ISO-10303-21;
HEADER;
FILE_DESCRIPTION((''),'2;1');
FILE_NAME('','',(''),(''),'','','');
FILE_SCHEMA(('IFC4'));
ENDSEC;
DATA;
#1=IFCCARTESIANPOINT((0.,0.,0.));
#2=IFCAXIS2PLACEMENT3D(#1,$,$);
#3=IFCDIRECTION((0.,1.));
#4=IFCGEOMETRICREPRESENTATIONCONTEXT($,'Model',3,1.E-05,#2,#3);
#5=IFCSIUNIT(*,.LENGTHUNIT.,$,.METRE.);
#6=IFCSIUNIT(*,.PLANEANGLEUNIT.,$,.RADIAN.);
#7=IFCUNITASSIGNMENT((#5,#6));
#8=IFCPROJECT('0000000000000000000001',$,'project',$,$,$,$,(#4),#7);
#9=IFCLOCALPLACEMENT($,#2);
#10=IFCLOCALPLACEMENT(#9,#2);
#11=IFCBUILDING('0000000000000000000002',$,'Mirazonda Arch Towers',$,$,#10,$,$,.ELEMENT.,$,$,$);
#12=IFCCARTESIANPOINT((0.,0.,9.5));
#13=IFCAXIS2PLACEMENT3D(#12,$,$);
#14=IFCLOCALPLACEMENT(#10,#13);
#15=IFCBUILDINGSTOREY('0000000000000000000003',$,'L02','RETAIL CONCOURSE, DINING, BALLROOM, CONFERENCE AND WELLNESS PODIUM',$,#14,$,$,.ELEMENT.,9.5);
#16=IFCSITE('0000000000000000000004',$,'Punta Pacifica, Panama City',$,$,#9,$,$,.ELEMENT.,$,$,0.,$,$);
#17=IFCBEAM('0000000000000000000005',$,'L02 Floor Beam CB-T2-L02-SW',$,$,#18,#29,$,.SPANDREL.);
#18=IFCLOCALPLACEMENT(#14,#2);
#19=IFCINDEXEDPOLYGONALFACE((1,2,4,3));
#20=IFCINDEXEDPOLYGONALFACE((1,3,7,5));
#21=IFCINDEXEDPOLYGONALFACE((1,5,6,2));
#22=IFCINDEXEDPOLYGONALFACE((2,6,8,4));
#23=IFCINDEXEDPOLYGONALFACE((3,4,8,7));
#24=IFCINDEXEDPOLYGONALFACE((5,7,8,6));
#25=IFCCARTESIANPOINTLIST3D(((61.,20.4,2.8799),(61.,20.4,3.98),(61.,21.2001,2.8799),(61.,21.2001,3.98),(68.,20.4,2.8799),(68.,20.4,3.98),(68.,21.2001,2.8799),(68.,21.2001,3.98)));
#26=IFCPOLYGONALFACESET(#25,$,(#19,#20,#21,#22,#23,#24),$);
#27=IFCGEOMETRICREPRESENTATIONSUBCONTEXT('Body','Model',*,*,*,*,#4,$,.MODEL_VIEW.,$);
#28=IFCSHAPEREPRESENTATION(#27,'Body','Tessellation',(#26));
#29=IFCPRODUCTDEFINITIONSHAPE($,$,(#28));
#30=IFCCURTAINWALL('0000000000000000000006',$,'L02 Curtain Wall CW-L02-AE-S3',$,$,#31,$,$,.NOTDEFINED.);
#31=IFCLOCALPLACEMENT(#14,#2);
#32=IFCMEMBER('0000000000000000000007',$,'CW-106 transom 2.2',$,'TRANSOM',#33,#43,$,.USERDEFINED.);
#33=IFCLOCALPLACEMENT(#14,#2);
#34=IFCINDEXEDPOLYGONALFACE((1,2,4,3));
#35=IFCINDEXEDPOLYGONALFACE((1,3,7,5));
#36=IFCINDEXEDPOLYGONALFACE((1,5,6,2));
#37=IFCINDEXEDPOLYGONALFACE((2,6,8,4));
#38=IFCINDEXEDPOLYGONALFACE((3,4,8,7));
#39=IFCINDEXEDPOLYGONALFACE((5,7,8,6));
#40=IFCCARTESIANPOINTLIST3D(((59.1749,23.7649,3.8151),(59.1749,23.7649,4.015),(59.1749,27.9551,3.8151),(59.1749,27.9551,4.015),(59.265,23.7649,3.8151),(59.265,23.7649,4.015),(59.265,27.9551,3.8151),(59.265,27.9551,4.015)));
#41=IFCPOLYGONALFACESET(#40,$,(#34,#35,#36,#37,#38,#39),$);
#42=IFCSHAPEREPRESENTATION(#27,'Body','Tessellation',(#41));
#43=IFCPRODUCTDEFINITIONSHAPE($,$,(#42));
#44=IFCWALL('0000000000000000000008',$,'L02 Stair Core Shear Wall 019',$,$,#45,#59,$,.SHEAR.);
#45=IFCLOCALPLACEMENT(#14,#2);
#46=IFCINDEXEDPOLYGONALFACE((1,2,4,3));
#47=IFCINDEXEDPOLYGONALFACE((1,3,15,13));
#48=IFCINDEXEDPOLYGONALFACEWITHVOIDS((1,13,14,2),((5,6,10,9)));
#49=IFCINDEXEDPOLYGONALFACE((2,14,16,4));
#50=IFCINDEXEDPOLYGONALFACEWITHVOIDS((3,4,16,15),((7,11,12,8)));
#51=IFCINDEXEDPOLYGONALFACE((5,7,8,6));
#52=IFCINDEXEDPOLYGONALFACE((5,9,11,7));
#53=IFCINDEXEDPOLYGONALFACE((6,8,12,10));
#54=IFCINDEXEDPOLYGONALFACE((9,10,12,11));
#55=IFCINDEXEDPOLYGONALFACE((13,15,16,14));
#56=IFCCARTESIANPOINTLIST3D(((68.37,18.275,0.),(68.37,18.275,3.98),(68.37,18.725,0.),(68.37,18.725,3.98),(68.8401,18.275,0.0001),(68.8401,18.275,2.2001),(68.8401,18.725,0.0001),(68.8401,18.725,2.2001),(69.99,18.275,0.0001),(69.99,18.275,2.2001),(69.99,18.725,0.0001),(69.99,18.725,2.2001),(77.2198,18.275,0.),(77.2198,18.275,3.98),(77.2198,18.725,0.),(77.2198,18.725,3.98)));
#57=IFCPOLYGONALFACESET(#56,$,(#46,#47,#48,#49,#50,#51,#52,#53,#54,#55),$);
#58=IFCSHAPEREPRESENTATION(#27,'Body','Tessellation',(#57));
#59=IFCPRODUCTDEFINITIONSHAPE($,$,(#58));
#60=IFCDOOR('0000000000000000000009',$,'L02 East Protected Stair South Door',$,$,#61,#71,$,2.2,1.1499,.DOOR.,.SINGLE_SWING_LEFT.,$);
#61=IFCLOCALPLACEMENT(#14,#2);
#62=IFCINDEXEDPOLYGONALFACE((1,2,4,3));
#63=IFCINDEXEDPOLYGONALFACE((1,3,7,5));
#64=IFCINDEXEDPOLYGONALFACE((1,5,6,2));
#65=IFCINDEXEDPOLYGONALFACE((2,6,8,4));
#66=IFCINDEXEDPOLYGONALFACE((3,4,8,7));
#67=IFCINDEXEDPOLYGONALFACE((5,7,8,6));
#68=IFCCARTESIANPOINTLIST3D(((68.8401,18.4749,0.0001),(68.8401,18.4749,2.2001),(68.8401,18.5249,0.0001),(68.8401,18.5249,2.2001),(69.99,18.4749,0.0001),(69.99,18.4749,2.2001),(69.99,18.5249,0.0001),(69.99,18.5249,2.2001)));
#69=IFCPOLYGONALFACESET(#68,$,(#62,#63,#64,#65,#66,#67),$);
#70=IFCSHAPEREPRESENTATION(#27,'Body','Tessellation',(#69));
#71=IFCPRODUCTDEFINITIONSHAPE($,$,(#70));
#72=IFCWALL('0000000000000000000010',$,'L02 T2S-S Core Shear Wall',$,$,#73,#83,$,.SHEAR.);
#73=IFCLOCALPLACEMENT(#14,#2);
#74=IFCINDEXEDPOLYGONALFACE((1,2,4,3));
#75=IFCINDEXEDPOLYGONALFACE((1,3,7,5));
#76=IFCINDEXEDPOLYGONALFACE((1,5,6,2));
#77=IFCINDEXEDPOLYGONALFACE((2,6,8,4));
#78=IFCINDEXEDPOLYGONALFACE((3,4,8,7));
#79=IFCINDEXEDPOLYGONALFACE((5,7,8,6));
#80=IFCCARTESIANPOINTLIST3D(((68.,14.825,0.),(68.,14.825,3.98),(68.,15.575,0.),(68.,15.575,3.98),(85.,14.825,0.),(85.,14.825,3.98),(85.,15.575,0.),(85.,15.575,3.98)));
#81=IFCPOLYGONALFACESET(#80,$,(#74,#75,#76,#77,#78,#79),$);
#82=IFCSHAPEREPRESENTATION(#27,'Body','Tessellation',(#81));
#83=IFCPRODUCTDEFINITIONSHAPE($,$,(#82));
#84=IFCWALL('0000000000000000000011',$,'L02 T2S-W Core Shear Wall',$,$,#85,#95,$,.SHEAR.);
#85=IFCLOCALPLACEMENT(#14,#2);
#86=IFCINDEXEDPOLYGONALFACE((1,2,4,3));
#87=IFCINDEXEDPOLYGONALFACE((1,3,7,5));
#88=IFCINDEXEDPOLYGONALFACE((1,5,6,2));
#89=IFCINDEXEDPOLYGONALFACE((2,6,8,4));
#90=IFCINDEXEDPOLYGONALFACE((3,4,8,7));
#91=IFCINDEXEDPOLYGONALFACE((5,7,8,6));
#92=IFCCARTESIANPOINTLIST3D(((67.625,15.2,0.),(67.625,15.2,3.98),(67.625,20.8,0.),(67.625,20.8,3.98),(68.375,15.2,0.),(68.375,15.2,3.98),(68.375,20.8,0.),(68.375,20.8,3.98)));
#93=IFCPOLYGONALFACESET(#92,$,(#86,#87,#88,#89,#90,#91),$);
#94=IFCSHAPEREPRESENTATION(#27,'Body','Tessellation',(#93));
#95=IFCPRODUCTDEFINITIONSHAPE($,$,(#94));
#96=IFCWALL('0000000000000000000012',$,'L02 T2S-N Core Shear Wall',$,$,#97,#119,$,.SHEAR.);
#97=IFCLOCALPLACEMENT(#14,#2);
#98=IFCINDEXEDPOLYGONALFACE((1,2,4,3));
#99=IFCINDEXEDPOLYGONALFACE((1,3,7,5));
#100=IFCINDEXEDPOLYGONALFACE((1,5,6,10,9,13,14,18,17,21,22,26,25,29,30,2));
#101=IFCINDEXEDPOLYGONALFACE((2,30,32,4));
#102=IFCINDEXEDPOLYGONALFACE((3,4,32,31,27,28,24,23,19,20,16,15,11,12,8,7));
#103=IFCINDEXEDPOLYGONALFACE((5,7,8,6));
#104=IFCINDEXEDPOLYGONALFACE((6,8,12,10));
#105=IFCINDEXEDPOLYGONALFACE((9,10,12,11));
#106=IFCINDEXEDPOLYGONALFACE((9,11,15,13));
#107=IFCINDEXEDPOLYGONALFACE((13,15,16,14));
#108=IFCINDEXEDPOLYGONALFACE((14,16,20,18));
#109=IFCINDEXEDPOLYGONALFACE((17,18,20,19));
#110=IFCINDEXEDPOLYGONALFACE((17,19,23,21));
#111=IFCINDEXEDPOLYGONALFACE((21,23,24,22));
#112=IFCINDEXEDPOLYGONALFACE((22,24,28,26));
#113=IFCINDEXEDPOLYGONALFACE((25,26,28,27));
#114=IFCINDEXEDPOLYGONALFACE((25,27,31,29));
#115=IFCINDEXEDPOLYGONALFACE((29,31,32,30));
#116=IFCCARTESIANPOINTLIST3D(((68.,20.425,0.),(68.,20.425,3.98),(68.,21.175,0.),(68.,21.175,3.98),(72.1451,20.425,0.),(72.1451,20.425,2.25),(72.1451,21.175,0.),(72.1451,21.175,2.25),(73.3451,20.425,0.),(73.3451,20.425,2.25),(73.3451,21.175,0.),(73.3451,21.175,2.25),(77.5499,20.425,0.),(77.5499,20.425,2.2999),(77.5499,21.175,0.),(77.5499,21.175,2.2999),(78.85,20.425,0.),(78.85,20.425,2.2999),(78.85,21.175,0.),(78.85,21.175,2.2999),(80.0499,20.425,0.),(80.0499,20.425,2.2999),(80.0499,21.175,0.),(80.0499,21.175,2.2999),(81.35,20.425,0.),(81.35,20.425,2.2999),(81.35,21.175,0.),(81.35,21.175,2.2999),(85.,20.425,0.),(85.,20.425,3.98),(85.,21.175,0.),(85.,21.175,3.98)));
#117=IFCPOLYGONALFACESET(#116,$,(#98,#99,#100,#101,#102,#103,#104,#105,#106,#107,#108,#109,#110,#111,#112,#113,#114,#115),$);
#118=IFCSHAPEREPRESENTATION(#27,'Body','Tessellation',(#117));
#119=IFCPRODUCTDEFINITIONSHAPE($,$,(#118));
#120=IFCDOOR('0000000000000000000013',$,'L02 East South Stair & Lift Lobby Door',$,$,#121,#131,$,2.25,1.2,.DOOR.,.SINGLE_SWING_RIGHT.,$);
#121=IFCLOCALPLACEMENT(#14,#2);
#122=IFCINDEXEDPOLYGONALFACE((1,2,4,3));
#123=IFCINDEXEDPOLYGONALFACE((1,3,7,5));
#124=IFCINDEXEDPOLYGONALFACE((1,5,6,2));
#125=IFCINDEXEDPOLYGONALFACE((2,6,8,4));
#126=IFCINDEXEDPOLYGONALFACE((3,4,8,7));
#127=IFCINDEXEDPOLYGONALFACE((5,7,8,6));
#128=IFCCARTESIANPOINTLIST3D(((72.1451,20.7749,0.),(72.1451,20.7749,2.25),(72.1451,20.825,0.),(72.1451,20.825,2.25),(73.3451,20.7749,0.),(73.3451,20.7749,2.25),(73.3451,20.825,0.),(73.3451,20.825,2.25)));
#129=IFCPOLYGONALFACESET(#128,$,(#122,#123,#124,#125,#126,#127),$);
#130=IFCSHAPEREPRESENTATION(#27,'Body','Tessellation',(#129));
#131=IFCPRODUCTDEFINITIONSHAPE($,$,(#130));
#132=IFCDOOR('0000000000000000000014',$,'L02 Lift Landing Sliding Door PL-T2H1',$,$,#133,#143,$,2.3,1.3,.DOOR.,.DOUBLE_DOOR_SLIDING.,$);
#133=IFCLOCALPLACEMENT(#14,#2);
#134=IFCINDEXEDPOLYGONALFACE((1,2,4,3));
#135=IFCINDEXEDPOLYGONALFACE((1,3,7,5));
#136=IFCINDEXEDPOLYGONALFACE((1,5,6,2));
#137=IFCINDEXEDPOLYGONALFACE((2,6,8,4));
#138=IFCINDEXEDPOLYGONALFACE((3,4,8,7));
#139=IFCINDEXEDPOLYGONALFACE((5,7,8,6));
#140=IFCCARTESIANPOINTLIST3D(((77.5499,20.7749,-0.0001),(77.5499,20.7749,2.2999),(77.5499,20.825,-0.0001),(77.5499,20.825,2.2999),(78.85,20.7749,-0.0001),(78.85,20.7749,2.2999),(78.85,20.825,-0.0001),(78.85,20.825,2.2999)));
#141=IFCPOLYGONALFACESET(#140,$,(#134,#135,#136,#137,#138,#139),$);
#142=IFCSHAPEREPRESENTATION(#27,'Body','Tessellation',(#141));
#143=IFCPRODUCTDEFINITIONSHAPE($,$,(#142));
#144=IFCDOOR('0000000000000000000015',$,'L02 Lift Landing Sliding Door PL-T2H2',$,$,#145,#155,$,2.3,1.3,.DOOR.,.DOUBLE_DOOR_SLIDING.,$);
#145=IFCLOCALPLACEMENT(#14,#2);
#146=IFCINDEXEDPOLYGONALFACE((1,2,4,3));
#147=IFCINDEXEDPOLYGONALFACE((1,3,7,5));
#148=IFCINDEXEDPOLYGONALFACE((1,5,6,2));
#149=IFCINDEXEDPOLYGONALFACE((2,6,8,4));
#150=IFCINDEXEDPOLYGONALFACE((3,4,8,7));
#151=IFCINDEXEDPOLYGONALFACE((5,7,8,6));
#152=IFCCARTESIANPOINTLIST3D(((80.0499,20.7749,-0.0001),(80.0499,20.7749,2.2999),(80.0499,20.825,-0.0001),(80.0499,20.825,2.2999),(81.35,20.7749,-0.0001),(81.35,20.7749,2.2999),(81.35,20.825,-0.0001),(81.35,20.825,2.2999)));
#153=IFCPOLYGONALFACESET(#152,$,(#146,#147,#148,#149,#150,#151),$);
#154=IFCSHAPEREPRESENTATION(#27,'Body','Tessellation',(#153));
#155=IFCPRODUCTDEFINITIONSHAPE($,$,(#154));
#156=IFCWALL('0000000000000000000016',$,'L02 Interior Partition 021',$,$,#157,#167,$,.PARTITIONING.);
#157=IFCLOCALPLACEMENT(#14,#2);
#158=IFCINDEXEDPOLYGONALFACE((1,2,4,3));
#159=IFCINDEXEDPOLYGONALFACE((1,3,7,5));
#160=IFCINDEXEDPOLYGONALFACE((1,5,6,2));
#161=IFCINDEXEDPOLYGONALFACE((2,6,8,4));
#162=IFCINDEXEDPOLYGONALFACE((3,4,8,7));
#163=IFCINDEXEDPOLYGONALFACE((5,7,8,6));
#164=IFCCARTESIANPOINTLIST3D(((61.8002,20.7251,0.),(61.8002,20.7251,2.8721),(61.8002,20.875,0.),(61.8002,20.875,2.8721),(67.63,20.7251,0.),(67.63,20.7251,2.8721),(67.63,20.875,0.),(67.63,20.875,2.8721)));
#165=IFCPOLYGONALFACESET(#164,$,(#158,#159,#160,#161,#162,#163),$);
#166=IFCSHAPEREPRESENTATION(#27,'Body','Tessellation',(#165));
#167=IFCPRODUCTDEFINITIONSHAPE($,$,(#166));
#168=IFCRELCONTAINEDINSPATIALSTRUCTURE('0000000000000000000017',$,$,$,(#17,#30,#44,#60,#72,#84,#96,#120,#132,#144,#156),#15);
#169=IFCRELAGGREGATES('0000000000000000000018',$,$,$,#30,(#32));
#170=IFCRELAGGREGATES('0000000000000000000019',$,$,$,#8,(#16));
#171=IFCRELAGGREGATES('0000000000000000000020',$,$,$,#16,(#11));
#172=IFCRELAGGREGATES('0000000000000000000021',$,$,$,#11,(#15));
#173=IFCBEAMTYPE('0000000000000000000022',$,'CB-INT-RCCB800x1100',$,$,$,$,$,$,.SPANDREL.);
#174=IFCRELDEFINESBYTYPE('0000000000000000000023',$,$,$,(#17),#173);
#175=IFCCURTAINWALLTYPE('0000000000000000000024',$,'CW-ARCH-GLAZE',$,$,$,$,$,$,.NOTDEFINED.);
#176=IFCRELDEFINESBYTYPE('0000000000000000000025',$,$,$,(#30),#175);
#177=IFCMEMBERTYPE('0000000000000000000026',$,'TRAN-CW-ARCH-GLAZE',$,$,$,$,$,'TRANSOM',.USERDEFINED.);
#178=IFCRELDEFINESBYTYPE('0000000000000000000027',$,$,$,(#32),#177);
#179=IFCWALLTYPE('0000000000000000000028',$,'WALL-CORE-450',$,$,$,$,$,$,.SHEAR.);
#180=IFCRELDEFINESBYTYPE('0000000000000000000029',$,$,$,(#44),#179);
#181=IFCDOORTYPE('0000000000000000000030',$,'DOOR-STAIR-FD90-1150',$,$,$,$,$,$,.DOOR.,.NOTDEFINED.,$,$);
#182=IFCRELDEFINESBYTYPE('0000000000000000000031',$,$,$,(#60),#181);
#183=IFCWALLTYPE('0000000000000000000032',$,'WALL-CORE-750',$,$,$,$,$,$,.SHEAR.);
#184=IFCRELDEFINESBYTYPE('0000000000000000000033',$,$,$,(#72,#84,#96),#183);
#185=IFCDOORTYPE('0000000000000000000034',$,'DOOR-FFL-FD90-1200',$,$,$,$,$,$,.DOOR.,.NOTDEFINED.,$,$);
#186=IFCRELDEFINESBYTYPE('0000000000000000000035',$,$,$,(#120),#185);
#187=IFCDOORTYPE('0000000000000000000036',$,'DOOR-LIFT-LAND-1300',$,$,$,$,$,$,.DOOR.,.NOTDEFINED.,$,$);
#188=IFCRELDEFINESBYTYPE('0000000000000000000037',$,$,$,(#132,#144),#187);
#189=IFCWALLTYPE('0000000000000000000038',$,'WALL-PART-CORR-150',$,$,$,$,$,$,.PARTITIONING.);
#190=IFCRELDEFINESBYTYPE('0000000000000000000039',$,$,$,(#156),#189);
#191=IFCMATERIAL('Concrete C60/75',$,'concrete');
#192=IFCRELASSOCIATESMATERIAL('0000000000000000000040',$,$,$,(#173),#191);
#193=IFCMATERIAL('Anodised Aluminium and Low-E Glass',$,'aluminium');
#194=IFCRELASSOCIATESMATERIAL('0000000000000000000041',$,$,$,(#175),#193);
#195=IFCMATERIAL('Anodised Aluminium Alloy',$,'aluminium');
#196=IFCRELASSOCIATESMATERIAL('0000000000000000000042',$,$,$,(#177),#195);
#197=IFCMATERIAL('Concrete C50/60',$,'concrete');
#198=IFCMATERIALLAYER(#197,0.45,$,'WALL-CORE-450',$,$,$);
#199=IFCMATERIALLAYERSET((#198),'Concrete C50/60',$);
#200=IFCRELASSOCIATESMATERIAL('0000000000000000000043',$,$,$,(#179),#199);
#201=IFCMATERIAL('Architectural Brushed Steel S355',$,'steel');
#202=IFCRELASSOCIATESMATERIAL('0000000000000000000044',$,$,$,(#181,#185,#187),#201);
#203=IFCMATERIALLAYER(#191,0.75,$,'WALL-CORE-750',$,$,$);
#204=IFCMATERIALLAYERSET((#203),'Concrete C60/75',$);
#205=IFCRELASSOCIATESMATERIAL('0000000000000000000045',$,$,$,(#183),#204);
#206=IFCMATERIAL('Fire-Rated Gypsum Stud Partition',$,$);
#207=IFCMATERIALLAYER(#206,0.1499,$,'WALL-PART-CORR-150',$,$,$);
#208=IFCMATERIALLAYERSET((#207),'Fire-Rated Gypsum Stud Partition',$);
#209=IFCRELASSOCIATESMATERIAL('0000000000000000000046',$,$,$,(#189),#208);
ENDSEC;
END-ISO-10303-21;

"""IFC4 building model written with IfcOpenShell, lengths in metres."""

from ifc_helpers import new_model, si_unit, direction, frame, frame_2d, origin, origin_2d, place, context, subcontext, project, spatial, rectangle, extrude, material, layer, layer_set, material_profile, profile_set, type_object, element, fill, aggregate, save


model = new_model("IFC4")

# Units and contexts
model_context = context("Model", 3, precision=1e-05, world=origin(), true_north=direction((0.0, 1.0)))
body_context = subcontext(model_context, "Body", "Model", "MODEL_VIEW")
ifc_project = project(units=[si_unit("LENGTHUNIT", "METRE"), si_unit("PLANEANGLEUNIT", "RADIAN")], contexts=[model_context])

# Site, building, storey
site_placement = place(None, origin())
site = spatial("IfcSite", under=ifc_project, at=site_placement, Name="Punta Pacifica, Panama City", CompositionType="ELEMENT", RefElevation=0.0)
building_placement = place(site_placement, origin())
building = spatial("IfcBuilding", under=site, at=building_placement, Name="Mirazonda Arch Towers", CompositionType="ELEMENT")
storey_placement = place(building_placement, frame((0.0, 0.0, 9.5)))
storey = spatial("IfcBuildingStorey", under=building, at=storey_placement, Name="L02", Description="RETAIL CONCOURSE, DINING, BALLROOM, CONFERENCE AND WELLNESS PODIUM", CompositionType="ELEMENT", Elevation=9.5)

# Shared definitions
ifc_material_1 = material(Name="Concrete C60/75", Category="concrete")

# Beam
ifc_material_profile_1 = material_profile(ifc_material_1, rectangle(XDim=0.8, YDim=1.1001, at=origin_2d()), Name="RCCB800x1100")
ifc_profile_set_1 = profile_set([ifc_material_profile_1], Name="Concrete C60/75")
beam_type_1 = type_object("IfcBeamType", Name="CB-INT-RCCB800x1100", PredefinedType="SPANDREL", material=ifc_profile_set_1)
beam_1_placement = place(storey_placement, frame((61.0, 20.8, 3.4299), z_axis=(1.0, 0.0, 0.0), x_axis=(0.0, 1.0, 0.0)))
element("IfcBeam", 1, at=beam_1_placement, inside=storey, type_object=beam_type_1, Name="L02 Floor Beam CB-T2-L02-SW", PredefinedType="SPANDREL", context=body_context, shape_type="SweptSolid", body=[
    extrude(rectangle(XDim=0.8, YDim=1.1001, at=origin_2d()), origin(), (0.0, 0.0, 1.0), 7.0),
])

# Curtain wall, member
ifc_material_2 = material(Name="Anodised Aluminium and Low-E Glass", Category="aluminium")
curtain_wall_type = type_object("IfcCurtainWallType", Name="CW-ARCH-GLAZE", PredefinedType="NOTDEFINED", material=ifc_material_2)
curtain_wall_placement = place(storey_placement, origin())
curtain_wall = element("IfcCurtainWall", 2, at=curtain_wall_placement, inside=storey, type_object=curtain_wall_type, Name="L02 Curtain Wall CW-L02-AE-S3", PredefinedType="NOTDEFINED")
ifc_material_3 = material(Name="Anodised Aluminium Alloy", Category="aluminium")
ifc_material_profile_2 = material_profile(ifc_material_3, rectangle(XDim=0.0901, YDim=0.2, at=origin_2d()), Name="ALU-TRAN-90x200")
ifc_profile_set_2 = profile_set([ifc_material_profile_2], Name="Anodised Aluminium Alloy")
member_type = type_object("IfcMemberType", Name="TRAN-CW-ARCH-GLAZE", ElementType="TRANSOM", PredefinedType="USERDEFINED", material=ifc_profile_set_2)
member_placement = place(storey_placement, frame((59.22, 23.7649, 3.915), z_axis=(0.0, 1.0, 0.0), x_axis=(-1.0, 0.0, 0.0)))
member = element("IfcMember", 3, at=member_placement, type_object=member_type, Name="CW-106 transom 2.2", ObjectType="TRANSOM", PredefinedType="USERDEFINED", context=body_context, shape_type="SweptSolid", body=[
    extrude(rectangle(XDim=0.0901, YDim=0.2, at=origin_2d()), origin(), (0.0, 0.0, 1.0), 4.1902),
])
aggregate(curtain_wall, [member])

# Wall, opening, door
ifc_material_4 = material(Name="Concrete C50/60", Category="concrete")
ifc_layer_1 = layer(ifc_material_4, 0.45, Name="WALL-CORE-450")
ifc_layer_set_1 = layer_set([ifc_layer_1], Name="Concrete C50/60")
wall_type_1 = type_object("IfcWallType", Name="WALL-CORE-450", PredefinedType="SHEAR", material=ifc_layer_set_1)
wall_1_placement = place(storey_placement, frame((68.3701, 18.5, 0.0), z_axis=(0.0, 0.0, 1.0), x_axis=(1.0, 0.0, 0.0)))
wall_1 = element("IfcWall", 4, at=wall_1_placement, inside=storey, type_object=wall_type_1, Name="L02 Stair Core Shear Wall 019", PredefinedType="SHEAR", context=body_context, shape_type="SweptSolid", body=[
    extrude(rectangle(XDim=8.8499, YDim=0.45, at=frame_2d((4.4248, 0.0))), origin(), (0.0, 0.0, 1.0), 3.98),
])
opening_1_placement = place(wall_1_placement, frame((0.47, 0.0, 0.0)))
opening_1 = element("IfcOpeningElement", 5, at=opening_1_placement, cuts=wall_1, PredefinedType="OPENING", context=body_context, shape_type="SweptSolid", body=[
    extrude(rectangle(XDim=1.1499, YDim=2.2, at=frame_2d((0.575, 1.1001))), frame((0.0, 0.2349, 0.0), z_axis=(0.0, -1.0, 0.0), x_axis=(1.0, 0.0, 0.0)), (0.0, 0.0, 1.0), 0.47),
])
ifc_material_5 = material(Name="Architectural Brushed Steel S355", Category="steel")
door_type_1 = type_object("IfcDoorType", Name="DOOR-STAIR-FD90-1150", OperationType="NOTDEFINED", PredefinedType="DOOR", material=ifc_material_5)
door_1_placement = place(opening_1_placement, origin())
door_1 = element("IfcDoor", 6, at=door_1_placement, inside=storey, type_object=door_type_1, Name="L02 East Protected Stair South Door", OperationType="SINGLE_SWING_LEFT", OverallHeight=2.2, OverallWidth=1.1499, PredefinedType="DOOR", context=body_context, shape_type="SweptSolid", body=[
    extrude(rectangle(XDim=1.1499, YDim=2.2, at=frame_2d((0.575, 1.1001))), frame((0.0, 0.0249, 0.0), z_axis=(0.0, -1.0, 0.0), x_axis=(1.0, 0.0, 0.0)), (0.0, 0.0, 1.0), 0.05),
])
fill(opening_1, door_1)

# Walls
ifc_layer_2 = layer(ifc_material_1, 0.75, Name="WALL-CORE-750")
ifc_layer_set_2 = layer_set([ifc_layer_2], Name="Concrete C60/75")
wall_type_2 = type_object("IfcWallType", Name="WALL-CORE-750", PredefinedType="SHEAR", material=ifc_layer_set_2)
wall_2_placement = place(storey_placement, frame((68.0, 15.2, 0.0), z_axis=(0.0, 0.0, 1.0), x_axis=(1.0, 0.0, 0.0)))
element("IfcWall", 7, at=wall_2_placement, inside=storey, type_object=wall_type_2, Name="L02 T2S-S Core Shear Wall", PredefinedType="SHEAR", context=body_context, shape_type="SweptSolid", body=[
    extrude(rectangle(XDim=17.0, YDim=0.75, at=frame_2d((8.5, 0.0))), origin(), (0.0, 0.0, 1.0), 3.98),
])
wall_3_placement = place(storey_placement, frame((68.0, 15.2, 0.0), z_axis=(0.0, 0.0, 1.0), x_axis=(0.0, 1.0, 0.0)))
element("IfcWall", 8, at=wall_3_placement, inside=storey, type_object=wall_type_2, Name="L02 T2S-W Core Shear Wall", PredefinedType="SHEAR", context=body_context, shape_type="SweptSolid", body=[
    extrude(rectangle(XDim=5.6001, YDim=0.75, at=frame_2d((2.8, 0.0))), origin(), (0.0, 0.0, 1.0), 3.98),
])

# Wall, openings, doors
wall_4_placement = place(storey_placement, frame((68.0, 20.8, 0.0), z_axis=(0.0, 0.0, 1.0), x_axis=(1.0, 0.0, 0.0)))
wall_4 = element("IfcWall", 9, at=wall_4_placement, inside=storey, type_object=wall_type_2, Name="L02 T2S-N Core Shear Wall", PredefinedType="SHEAR", context=body_context, shape_type="SweptSolid", body=[
    extrude(rectangle(XDim=17.0, YDim=0.75, at=frame_2d((8.5, 0.0))), origin(), (0.0, 0.0, 1.0), 3.98),
])
opening_2_placement = place(wall_4_placement, frame((4.145, 0.0, 0.0)))
opening_2 = element("IfcOpeningElement", 10, at=opening_2_placement, cuts=wall_4, PredefinedType="OPENING", context=body_context, shape_type="SweptSolid", body=[
    extrude(rectangle(XDim=1.2, YDim=2.25, at=frame_2d((0.6001, 1.125))), frame((0.0, 0.385, 0.0), z_axis=(0.0, -1.0, 0.0), x_axis=(1.0, 0.0, 0.0)), (0.0, 0.0, 1.0), 0.77),
])
opening_3_placement = place(wall_4_placement, frame((9.55, 0.0, 0.0)))
opening_3 = element("IfcOpeningElement", 11, at=opening_3_placement, cuts=wall_4, PredefinedType="OPENING", context=body_context, shape_type="SweptSolid", body=[
    extrude(rectangle(XDim=1.3, YDim=2.3, at=frame_2d((0.6499, 1.1499))), frame((0.0, 0.385, 0.0), z_axis=(0.0, -1.0, 0.0), x_axis=(1.0, 0.0, 0.0)), (0.0, 0.0, 1.0), 0.77),
])
opening_4_placement = place(wall_4_placement, frame((12.05, 0.0, 0.0)))
opening_4 = element("IfcOpeningElement", 12, at=opening_4_placement, cuts=wall_4, PredefinedType="OPENING", context=body_context, shape_type="SweptSolid", body=[
    extrude(rectangle(XDim=1.3, YDim=2.3, at=frame_2d((0.6499, 1.1499))), frame((0.0, 0.385, 0.0), z_axis=(0.0, -1.0, 0.0), x_axis=(1.0, 0.0, 0.0)), (0.0, 0.0, 1.0), 0.77),
])
door_type_2 = type_object("IfcDoorType", Name="DOOR-FFL-FD90-1200", OperationType="NOTDEFINED", PredefinedType="DOOR", material=ifc_material_5)
door_2_placement = place(opening_2_placement, origin())
door_2 = element("IfcDoor", 13, at=door_2_placement, inside=storey, type_object=door_type_2, Name="L02 East South Stair & Lift Lobby Door", OperationType="SINGLE_SWING_RIGHT", OverallHeight=2.25, OverallWidth=1.2, PredefinedType="DOOR", context=body_context, shape_type="SweptSolid", body=[
    extrude(rectangle(XDim=1.2, YDim=2.25, at=frame_2d((0.6001, 1.125))), frame((0.0, 0.0249, 0.0), z_axis=(0.0, -1.0, 0.0), x_axis=(1.0, 0.0, 0.0)), (0.0, 0.0, 1.0), 0.05),
])
fill(opening_2, door_2)
door_type_3 = type_object("IfcDoorType", Name="DOOR-LIFT-LAND-1300", OperationType="NOTDEFINED", PredefinedType="DOOR", material=ifc_material_5)
door_3_placement = place(opening_3_placement, origin())
door_3 = element("IfcDoor", 14, at=door_3_placement, inside=storey, type_object=door_type_3, Name="L02 Lift Landing Sliding Door PL-T2H1", OperationType="DOUBLE_DOOR_SLIDING", OverallHeight=2.3, OverallWidth=1.3, PredefinedType="DOOR", context=body_context, shape_type="SweptSolid", body=[
    extrude(rectangle(XDim=1.3, YDim=2.3, at=frame_2d((0.6499, 1.1499))), frame((0.0, 0.0249, 0.0), z_axis=(0.0, -1.0, 0.0), x_axis=(1.0, 0.0, 0.0)), (0.0, 0.0, 1.0), 0.05),
])
fill(opening_3, door_3)
door_4_placement = place(opening_4_placement, origin())
door_4 = element("IfcDoor", 15, at=door_4_placement, inside=storey, type_object=door_type_3, Name="L02 Lift Landing Sliding Door PL-T2H2", OperationType="DOUBLE_DOOR_SLIDING", OverallHeight=2.3, OverallWidth=1.3, PredefinedType="DOOR", context=body_context, shape_type="SweptSolid", body=[
    extrude(rectangle(XDim=1.3, YDim=2.3, at=frame_2d((0.6499, 1.1499))), frame((0.0, 0.0249, 0.0), z_axis=(0.0, -1.0, 0.0), x_axis=(1.0, 0.0, 0.0)), (0.0, 0.0, 1.0), 0.05),
])
fill(opening_4, door_4)

# Wall
ifc_material_6 = material(Name="Fire-Rated Gypsum Stud Partition")
ifc_layer_3 = layer(ifc_material_6, 0.1499, Name="WALL-PART-CORR-150")
ifc_layer_set_3 = layer_set([ifc_layer_3], Name="Fire-Rated Gypsum Stud Partition")
wall_type_3 = type_object("IfcWallType", Name="WALL-PART-CORR-150", PredefinedType="PARTITIONING", material=ifc_layer_set_3)
wall_5_placement = place(storey_placement, frame((61.8, 20.8, 0.0), z_axis=(0.0, 0.0, 1.0), x_axis=(1.0, 0.0, 0.0)))
element("IfcWall", 16, at=wall_5_placement, inside=storey, type_object=wall_type_3, Name="L02 Interior Partition 021", PredefinedType="PARTITIONING", context=body_context, shape_type="SweptSolid", body=[
    extrude(rectangle(XDim=5.8298, YDim=0.1499, at=frame_2d((2.915, 0.0))), origin(), (0.0, 0.0, 1.0), 2.8721),
])

save(model, "model.ifc")
